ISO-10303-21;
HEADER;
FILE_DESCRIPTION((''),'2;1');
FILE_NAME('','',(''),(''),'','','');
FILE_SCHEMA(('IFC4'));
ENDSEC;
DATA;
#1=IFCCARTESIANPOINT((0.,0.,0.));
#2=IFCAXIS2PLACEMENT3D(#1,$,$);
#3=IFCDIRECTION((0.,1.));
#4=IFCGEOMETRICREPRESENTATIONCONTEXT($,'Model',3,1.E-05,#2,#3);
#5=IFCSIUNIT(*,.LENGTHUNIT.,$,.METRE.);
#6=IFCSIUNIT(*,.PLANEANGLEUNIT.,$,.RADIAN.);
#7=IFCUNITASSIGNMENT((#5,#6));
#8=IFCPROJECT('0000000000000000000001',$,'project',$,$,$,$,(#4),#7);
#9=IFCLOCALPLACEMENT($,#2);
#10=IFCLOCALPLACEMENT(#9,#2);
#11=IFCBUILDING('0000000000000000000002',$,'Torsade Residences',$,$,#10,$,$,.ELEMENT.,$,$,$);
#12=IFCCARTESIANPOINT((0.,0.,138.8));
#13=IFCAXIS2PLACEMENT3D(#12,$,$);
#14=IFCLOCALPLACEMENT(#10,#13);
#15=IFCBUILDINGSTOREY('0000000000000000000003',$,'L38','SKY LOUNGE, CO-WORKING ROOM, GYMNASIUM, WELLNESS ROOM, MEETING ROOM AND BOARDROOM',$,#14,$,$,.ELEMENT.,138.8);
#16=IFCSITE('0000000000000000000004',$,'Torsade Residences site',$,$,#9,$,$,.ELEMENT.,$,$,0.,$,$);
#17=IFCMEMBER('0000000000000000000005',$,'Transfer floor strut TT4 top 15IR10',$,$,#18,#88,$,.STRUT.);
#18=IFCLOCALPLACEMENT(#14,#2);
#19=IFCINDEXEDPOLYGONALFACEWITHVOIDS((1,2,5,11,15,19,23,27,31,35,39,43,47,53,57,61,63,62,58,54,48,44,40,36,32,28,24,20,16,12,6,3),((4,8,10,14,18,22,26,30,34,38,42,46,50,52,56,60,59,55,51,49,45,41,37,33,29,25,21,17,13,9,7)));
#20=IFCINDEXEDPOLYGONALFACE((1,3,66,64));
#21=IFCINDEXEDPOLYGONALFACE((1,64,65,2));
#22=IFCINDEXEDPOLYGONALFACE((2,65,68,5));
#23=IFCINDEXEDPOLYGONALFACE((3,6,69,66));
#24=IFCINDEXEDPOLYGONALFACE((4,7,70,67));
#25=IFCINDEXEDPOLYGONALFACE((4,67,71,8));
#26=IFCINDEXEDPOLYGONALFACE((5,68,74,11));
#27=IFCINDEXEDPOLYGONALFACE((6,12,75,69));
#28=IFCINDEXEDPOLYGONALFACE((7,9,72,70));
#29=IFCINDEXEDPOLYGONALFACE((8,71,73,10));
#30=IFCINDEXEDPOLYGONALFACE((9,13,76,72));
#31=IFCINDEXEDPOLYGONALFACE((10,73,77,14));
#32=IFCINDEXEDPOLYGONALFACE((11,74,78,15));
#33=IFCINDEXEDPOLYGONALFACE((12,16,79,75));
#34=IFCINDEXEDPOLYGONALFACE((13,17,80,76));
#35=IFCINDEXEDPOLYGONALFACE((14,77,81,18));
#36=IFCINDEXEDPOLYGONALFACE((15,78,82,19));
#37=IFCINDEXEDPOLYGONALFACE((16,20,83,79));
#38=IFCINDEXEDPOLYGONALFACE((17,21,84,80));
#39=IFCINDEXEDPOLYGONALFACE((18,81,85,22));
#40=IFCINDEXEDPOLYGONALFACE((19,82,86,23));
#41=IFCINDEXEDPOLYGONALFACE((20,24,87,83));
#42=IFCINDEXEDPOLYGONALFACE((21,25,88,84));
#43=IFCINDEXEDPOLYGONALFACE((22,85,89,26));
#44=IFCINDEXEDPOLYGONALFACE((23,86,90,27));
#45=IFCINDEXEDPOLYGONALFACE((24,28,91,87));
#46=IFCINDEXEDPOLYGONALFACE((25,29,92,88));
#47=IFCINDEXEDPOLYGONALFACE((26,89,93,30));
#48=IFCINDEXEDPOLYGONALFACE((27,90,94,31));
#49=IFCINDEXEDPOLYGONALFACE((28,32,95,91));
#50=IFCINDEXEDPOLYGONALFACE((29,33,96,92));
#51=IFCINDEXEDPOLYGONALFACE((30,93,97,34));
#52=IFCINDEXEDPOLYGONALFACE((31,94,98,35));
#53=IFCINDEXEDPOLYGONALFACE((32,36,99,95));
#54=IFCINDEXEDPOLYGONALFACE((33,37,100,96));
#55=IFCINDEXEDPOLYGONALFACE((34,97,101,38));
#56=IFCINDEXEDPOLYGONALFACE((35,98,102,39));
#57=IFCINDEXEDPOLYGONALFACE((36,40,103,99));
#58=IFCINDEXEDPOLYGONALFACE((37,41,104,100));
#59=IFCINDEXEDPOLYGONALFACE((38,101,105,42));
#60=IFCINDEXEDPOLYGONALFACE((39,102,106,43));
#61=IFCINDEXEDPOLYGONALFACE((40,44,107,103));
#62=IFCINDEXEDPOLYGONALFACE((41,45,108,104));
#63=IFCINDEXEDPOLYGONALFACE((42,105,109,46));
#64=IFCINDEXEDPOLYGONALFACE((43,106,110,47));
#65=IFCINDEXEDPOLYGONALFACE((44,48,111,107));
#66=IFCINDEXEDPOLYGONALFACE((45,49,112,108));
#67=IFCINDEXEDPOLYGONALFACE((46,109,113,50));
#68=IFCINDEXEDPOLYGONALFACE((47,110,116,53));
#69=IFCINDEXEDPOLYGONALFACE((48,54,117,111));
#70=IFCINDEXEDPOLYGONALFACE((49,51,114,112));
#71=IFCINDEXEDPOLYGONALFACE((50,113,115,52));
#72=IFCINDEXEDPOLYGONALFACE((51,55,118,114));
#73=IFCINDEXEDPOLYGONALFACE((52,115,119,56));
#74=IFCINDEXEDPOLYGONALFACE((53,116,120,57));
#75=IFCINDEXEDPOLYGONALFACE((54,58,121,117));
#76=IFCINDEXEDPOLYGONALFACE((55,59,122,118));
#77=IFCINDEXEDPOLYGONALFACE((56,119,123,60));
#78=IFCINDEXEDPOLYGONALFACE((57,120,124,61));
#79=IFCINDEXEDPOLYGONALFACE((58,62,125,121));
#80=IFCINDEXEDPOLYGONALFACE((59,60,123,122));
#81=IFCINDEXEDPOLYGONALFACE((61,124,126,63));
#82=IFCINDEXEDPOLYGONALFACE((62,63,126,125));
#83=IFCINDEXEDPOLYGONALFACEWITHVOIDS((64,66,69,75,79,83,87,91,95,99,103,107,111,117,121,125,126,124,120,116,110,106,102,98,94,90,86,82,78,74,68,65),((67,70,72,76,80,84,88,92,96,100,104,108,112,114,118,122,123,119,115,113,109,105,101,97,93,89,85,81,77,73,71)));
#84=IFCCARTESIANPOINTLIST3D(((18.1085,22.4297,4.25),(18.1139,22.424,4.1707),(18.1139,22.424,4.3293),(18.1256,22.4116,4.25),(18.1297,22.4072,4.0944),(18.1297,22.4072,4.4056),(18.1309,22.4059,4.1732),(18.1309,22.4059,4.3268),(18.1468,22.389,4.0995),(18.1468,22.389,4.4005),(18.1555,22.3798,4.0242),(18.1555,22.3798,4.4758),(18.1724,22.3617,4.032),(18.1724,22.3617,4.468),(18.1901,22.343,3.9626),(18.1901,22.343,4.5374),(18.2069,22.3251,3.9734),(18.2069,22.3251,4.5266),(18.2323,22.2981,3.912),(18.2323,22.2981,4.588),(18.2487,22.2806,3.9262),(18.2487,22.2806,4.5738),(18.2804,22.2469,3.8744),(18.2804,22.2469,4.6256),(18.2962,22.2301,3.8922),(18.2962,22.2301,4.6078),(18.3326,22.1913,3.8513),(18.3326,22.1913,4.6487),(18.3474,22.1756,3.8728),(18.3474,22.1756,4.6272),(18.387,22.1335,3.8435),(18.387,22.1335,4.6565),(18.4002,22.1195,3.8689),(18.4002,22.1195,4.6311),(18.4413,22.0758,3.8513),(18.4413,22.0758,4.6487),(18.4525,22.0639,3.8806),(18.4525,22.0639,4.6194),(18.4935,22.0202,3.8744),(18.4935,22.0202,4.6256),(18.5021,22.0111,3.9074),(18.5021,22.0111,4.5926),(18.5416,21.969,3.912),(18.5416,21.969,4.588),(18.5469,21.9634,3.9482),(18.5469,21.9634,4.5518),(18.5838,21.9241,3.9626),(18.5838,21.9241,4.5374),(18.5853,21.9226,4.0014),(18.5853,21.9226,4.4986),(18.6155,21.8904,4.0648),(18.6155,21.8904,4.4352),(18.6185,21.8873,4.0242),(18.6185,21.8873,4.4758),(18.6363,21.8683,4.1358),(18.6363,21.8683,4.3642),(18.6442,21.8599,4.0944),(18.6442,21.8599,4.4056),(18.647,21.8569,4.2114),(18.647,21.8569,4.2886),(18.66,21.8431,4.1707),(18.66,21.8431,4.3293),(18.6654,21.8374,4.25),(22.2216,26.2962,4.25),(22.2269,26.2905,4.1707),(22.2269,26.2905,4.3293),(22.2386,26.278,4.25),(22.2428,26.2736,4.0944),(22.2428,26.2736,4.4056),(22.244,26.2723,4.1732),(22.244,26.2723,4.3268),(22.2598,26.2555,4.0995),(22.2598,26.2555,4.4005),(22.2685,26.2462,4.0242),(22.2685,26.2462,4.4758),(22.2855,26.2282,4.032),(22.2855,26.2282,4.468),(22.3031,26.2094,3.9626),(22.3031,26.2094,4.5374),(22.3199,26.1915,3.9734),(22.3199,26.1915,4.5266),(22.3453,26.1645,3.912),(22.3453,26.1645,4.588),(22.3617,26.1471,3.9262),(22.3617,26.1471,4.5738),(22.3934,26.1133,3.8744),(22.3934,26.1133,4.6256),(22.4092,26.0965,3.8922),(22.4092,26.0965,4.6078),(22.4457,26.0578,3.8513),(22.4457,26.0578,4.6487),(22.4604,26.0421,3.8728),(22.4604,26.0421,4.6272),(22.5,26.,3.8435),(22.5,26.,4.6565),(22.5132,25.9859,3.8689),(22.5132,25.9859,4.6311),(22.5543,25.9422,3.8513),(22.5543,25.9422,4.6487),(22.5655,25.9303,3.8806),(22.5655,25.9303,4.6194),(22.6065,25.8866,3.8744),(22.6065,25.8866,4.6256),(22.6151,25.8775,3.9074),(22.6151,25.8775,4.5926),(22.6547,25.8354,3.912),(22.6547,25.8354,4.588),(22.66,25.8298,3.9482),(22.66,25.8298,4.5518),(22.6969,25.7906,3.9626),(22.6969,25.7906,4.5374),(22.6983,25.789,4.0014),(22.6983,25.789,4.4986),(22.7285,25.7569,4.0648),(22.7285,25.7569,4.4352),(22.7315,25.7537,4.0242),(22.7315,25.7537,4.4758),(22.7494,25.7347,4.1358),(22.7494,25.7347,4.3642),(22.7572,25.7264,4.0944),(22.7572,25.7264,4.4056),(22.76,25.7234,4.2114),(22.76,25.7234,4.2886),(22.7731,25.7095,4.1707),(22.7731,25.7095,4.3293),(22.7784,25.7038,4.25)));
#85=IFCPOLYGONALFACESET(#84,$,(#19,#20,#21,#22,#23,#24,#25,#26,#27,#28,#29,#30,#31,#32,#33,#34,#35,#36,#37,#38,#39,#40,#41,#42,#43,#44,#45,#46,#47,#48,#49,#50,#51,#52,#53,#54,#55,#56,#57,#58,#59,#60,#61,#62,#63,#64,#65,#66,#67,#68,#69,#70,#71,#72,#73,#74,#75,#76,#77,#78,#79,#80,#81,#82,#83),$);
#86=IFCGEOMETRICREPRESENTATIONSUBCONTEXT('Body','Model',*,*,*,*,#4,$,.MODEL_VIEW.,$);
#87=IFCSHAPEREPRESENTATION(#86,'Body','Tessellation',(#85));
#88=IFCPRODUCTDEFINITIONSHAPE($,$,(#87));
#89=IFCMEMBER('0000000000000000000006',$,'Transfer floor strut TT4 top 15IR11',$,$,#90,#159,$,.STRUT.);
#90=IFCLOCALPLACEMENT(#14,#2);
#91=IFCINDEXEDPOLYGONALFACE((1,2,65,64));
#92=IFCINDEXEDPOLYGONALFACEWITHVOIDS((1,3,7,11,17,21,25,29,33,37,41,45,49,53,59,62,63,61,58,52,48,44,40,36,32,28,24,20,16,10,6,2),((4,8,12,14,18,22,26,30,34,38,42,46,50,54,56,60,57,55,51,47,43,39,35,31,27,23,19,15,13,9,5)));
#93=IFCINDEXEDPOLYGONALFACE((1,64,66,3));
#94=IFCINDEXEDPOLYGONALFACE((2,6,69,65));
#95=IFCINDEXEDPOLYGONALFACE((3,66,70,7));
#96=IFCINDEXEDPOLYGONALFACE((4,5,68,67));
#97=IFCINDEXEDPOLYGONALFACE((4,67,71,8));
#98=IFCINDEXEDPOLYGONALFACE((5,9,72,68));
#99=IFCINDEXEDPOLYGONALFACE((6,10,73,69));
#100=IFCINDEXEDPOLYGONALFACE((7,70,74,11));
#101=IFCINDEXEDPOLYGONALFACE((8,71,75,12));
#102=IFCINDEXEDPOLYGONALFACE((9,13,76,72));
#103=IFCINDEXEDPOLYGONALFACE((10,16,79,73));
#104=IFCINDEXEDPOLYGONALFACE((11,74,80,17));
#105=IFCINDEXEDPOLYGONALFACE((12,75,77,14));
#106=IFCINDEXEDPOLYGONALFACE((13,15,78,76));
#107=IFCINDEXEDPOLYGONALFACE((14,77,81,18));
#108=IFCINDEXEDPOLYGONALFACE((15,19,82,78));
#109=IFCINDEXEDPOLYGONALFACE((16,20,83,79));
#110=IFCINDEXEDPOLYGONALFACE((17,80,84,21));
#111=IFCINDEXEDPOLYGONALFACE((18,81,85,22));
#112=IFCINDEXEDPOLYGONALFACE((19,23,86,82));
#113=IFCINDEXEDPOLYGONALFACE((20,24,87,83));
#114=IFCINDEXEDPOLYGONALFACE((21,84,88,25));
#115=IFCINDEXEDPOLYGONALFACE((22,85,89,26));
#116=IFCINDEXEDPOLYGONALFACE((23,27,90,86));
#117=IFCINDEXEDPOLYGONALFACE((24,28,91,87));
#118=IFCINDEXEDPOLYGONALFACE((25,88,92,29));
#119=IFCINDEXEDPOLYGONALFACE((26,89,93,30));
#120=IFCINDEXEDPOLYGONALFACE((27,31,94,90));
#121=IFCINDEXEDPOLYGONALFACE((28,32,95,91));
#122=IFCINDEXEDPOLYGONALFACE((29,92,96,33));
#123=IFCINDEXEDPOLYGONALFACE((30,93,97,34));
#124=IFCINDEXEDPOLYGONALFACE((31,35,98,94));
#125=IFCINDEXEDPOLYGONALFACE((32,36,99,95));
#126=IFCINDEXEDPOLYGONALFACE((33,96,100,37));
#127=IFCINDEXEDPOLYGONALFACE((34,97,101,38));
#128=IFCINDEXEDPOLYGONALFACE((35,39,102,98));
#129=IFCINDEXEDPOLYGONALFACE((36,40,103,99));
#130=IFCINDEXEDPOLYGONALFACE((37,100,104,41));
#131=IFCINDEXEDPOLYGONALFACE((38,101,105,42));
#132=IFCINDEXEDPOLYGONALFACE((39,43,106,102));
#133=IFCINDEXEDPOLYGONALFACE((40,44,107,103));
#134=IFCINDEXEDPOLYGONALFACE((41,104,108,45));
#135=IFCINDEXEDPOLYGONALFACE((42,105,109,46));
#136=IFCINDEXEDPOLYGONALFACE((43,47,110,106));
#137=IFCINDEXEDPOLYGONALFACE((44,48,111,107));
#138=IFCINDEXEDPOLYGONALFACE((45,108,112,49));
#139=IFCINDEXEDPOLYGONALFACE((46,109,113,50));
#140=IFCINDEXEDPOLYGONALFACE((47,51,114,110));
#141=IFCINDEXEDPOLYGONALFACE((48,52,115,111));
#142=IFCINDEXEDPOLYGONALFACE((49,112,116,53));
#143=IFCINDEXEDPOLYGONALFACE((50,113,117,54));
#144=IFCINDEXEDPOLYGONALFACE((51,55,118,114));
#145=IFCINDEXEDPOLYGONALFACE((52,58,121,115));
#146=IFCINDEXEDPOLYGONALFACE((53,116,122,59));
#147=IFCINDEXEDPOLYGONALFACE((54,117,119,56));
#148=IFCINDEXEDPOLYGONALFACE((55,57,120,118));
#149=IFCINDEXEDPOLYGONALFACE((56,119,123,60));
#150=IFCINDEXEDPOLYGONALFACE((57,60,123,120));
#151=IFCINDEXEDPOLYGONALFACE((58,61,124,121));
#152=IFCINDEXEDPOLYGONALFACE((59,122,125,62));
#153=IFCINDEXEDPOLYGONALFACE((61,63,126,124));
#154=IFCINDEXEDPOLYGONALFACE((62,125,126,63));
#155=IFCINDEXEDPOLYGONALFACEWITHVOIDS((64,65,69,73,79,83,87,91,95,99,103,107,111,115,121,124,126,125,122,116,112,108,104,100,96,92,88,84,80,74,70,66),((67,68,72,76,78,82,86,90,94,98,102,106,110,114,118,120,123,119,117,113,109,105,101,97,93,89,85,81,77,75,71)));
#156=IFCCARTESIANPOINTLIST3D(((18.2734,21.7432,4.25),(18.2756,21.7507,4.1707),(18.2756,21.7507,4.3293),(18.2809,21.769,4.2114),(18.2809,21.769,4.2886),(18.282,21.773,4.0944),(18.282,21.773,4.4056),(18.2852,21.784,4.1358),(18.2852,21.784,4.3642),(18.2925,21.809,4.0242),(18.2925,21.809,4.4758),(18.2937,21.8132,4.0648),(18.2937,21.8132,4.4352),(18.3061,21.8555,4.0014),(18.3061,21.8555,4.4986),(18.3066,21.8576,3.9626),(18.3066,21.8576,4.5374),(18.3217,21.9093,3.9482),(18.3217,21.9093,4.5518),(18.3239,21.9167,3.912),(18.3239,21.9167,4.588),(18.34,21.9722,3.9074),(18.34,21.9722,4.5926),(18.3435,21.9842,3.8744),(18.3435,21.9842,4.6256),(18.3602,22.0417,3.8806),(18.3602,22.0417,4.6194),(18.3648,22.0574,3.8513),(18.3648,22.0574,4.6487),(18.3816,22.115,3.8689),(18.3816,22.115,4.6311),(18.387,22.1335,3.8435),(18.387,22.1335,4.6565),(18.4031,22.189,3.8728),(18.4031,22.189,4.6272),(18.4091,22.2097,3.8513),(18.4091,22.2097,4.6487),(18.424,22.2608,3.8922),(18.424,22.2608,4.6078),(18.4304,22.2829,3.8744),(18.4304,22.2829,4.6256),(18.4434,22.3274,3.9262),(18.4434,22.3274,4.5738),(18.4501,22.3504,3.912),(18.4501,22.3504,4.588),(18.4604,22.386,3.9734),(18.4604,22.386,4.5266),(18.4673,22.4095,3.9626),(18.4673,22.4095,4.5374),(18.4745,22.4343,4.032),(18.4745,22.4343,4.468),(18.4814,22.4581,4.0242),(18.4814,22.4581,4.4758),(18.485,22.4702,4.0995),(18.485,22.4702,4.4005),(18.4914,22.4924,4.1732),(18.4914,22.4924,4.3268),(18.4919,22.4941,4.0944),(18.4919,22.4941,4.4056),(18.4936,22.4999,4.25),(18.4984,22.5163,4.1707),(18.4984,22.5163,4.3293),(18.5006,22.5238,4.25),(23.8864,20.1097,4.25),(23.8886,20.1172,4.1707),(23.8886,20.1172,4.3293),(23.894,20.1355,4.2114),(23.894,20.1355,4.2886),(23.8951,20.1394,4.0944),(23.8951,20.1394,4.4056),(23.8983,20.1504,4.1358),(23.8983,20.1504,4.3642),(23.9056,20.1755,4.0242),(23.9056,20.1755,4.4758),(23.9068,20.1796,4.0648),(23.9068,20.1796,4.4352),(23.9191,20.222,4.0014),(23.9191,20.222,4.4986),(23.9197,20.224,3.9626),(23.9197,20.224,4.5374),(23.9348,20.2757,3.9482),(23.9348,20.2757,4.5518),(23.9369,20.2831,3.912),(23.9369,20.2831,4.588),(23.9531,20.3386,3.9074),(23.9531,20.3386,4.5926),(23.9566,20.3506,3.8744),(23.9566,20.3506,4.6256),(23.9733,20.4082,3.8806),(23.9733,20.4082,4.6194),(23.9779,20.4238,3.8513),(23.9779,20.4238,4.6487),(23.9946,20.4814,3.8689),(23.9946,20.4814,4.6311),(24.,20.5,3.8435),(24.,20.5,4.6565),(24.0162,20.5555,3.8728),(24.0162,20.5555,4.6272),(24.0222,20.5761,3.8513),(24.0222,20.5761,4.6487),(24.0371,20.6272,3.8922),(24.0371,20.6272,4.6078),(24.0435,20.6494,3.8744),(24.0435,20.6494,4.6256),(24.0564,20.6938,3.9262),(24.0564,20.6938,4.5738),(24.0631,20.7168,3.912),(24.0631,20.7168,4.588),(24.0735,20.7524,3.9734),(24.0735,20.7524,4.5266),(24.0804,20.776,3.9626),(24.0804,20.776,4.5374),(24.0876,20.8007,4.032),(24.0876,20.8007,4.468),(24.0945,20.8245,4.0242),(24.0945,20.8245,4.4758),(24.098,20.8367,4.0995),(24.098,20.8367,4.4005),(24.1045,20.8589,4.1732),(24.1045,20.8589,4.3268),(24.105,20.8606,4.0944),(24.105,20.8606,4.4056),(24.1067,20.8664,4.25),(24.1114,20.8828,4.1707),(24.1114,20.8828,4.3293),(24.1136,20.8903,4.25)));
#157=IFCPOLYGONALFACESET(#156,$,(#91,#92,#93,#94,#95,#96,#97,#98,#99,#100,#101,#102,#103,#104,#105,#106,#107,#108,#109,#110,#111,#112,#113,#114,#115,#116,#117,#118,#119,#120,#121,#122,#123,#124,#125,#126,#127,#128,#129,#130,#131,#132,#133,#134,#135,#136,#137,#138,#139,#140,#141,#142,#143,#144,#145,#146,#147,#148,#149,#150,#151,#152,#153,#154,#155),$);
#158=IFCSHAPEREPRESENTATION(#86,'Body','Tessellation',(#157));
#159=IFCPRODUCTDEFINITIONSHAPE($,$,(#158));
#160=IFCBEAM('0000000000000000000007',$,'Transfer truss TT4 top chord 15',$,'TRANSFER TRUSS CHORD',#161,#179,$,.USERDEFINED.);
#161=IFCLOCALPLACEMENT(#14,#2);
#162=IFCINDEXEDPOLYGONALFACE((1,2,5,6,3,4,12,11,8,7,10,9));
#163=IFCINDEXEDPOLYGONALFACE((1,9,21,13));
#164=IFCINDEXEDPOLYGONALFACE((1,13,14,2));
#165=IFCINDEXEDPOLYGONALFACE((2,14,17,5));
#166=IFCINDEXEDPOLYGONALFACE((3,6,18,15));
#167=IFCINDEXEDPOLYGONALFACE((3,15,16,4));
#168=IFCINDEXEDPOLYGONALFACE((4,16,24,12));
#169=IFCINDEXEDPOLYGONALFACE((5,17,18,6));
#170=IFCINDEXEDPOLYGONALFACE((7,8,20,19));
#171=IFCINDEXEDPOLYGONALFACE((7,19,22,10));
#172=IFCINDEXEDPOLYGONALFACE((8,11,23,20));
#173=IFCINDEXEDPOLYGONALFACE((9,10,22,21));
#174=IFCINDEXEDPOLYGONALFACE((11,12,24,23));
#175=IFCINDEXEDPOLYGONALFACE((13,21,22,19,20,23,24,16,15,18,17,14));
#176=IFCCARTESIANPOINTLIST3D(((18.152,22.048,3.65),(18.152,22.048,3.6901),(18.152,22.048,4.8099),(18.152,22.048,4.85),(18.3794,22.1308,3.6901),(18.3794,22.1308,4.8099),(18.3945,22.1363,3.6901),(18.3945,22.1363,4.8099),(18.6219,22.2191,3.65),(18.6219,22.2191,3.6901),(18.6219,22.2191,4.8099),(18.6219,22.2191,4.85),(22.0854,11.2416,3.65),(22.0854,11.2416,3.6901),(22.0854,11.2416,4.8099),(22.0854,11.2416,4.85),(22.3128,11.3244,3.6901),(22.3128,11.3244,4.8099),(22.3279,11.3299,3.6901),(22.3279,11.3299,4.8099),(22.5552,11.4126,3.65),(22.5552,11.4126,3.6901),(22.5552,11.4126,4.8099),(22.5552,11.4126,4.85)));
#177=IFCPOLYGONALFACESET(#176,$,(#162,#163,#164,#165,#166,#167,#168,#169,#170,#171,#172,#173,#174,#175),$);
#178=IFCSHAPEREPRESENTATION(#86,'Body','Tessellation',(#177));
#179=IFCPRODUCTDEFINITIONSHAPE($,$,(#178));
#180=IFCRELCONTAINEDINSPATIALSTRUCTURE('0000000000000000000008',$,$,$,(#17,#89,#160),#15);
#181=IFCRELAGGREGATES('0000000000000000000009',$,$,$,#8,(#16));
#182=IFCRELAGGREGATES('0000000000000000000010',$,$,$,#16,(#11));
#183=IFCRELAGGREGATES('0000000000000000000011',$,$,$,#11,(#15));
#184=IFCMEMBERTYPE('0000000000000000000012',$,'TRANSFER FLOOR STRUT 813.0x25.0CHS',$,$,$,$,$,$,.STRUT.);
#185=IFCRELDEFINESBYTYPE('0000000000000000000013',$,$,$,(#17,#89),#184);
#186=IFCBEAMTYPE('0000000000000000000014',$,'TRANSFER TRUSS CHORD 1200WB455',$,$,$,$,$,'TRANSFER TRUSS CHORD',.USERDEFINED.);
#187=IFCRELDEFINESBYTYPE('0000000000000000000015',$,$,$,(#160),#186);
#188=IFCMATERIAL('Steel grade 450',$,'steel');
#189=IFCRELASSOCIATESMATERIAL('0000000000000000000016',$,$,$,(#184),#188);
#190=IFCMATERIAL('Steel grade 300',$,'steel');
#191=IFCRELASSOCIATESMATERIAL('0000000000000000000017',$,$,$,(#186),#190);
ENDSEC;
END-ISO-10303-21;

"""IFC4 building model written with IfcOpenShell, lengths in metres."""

from ifc_helpers import new_model, si_unit, direction, frame, origin, origin_2d, place, context, subcontext, project, spatial, hollow_circle, i_section, extrude, material, material_profile, profile_set, type_object, element, save


model = new_model("IFC4")

# Units and contexts
model_context = context("Model", 3, precision=1e-05, world=origin(), true_north=direction((0.0, 1.0)))
body_context = subcontext(model_context, "Body", "Model", "MODEL_VIEW")
ifc_project = project(units=[si_unit("LENGTHUNIT", "METRE"), si_unit("PLANEANGLEUNIT", "RADIAN")], contexts=[model_context])

# Site, building, storey
site_placement = place(None, origin())
site = spatial("IfcSite", under=ifc_project, at=site_placement, Name="Torsade Residences site", CompositionType="ELEMENT", RefElevation=0.0)
building_placement = place(site_placement, origin())
building = spatial("IfcBuilding", under=site, at=building_placement, Name="Torsade Residences", CompositionType="ELEMENT")
storey_placement = place(building_placement, frame((0.0, 0.0, 138.8)))
storey = spatial("IfcBuildingStorey", under=building, at=storey_placement, Name="L38", Description="SKY LOUNGE, CO-WORKING ROOM, GYMNASIUM, WELLNESS ROOM, MEETING ROOM AND BOARDROOM", CompositionType="ELEMENT", Elevation=138.8)

# Members
ifc_material_1 = material(Name="Steel grade 450", Category="steel")
ifc_material_profile_1 = material_profile(ifc_material_1, hollow_circle(Radius=0.4065, WallThickness=0.0249, at=origin_2d()), Name="813.0x25.0CHS")
ifc_profile_set_1 = profile_set([ifc_material_profile_1], Name="Steel grade 450")
member_type_1 = type_object("IfcMemberType", Name="TRANSFER FLOOR STRUT 813.0x25.0CHS", PredefinedType="STRUT", material=ifc_profile_set_1)
member_1_placement = place(storey_placement, frame((18.387, 22.1335, 4.25), z_axis=(0.72861, 0.684929, 0.0), x_axis=(-0.684929, 0.72861, 0.0)))
element("IfcMember", 1, at=member_1_placement, inside=storey, type_object=member_type_1, Name="Transfer floor strut TT4 top 15IR10", PredefinedType="STRUT", context=body_context, shape_type="SweptSolid", body=[
    extrude(hollow_circle(Radius=0.4065, WallThickness=0.0249, at=origin_2d()), origin(), (0.0, 0.0, 1.0), 5.645),
])
member_2_placement = place(storey_placement, frame((18.387, 22.1335, 4.25), z_axis=(0.960165, -0.279434, 0.0), x_axis=(0.279434, 0.960165, 0.0)))
element("IfcMember", 2, at=member_2_placement, inside=storey, type_object=member_type_1, Name="Transfer floor strut TT4 top 15IR11", PredefinedType="STRUT", context=body_context, shape_type="SweptSolid", body=[
    extrude(hollow_circle(Radius=0.4065, WallThickness=0.0249, at=origin_2d()), origin(), (0.0, 0.0, 1.0), 5.8459),
])

# Beam
ifc_material_2 = material(Name="Steel grade 300", Category="steel")
ifc_material_profile_2 = material_profile(ifc_material_2, i_section(OverallWidth=0.5, OverallDepth=1.2, WebThickness=0.0161, FlangeThickness=0.04, at=origin_2d()), Name="1200WB455")
ifc_profile_set_2 = profile_set([ifc_material_profile_2], Name="Steel grade 300")
beam_type_1 = type_object("IfcBeamType", Name="TRANSFER TRUSS CHORD 1200WB455", ElementType="TRANSFER TRUSS CHORD", PredefinedType="USERDEFINED", material=ifc_profile_set_2)
beam_1_placement = place(storey_placement, frame((18.387, 22.1335, 4.25), z_axis=(0.342031, -0.939689, 0.0), x_axis=(0.939689, 0.342031, 0.0)))
element("IfcBeam", 3, at=beam_1_placement, inside=storey, type_object=beam_type_1, Name="Transfer truss TT4 top chord 15", ObjectType="TRANSFER TRUSS CHORD", PredefinedType="USERDEFINED", context=body_context, shape_type="SweptSolid", body=[
    extrude(i_section(OverallWidth=0.5, OverallDepth=1.2, WebThickness=0.0161, FlangeThickness=0.04, at=origin_2d()), origin(), (0.0, 0.0, 1.0), 11.5),
])

save(model, "model.ifc")
